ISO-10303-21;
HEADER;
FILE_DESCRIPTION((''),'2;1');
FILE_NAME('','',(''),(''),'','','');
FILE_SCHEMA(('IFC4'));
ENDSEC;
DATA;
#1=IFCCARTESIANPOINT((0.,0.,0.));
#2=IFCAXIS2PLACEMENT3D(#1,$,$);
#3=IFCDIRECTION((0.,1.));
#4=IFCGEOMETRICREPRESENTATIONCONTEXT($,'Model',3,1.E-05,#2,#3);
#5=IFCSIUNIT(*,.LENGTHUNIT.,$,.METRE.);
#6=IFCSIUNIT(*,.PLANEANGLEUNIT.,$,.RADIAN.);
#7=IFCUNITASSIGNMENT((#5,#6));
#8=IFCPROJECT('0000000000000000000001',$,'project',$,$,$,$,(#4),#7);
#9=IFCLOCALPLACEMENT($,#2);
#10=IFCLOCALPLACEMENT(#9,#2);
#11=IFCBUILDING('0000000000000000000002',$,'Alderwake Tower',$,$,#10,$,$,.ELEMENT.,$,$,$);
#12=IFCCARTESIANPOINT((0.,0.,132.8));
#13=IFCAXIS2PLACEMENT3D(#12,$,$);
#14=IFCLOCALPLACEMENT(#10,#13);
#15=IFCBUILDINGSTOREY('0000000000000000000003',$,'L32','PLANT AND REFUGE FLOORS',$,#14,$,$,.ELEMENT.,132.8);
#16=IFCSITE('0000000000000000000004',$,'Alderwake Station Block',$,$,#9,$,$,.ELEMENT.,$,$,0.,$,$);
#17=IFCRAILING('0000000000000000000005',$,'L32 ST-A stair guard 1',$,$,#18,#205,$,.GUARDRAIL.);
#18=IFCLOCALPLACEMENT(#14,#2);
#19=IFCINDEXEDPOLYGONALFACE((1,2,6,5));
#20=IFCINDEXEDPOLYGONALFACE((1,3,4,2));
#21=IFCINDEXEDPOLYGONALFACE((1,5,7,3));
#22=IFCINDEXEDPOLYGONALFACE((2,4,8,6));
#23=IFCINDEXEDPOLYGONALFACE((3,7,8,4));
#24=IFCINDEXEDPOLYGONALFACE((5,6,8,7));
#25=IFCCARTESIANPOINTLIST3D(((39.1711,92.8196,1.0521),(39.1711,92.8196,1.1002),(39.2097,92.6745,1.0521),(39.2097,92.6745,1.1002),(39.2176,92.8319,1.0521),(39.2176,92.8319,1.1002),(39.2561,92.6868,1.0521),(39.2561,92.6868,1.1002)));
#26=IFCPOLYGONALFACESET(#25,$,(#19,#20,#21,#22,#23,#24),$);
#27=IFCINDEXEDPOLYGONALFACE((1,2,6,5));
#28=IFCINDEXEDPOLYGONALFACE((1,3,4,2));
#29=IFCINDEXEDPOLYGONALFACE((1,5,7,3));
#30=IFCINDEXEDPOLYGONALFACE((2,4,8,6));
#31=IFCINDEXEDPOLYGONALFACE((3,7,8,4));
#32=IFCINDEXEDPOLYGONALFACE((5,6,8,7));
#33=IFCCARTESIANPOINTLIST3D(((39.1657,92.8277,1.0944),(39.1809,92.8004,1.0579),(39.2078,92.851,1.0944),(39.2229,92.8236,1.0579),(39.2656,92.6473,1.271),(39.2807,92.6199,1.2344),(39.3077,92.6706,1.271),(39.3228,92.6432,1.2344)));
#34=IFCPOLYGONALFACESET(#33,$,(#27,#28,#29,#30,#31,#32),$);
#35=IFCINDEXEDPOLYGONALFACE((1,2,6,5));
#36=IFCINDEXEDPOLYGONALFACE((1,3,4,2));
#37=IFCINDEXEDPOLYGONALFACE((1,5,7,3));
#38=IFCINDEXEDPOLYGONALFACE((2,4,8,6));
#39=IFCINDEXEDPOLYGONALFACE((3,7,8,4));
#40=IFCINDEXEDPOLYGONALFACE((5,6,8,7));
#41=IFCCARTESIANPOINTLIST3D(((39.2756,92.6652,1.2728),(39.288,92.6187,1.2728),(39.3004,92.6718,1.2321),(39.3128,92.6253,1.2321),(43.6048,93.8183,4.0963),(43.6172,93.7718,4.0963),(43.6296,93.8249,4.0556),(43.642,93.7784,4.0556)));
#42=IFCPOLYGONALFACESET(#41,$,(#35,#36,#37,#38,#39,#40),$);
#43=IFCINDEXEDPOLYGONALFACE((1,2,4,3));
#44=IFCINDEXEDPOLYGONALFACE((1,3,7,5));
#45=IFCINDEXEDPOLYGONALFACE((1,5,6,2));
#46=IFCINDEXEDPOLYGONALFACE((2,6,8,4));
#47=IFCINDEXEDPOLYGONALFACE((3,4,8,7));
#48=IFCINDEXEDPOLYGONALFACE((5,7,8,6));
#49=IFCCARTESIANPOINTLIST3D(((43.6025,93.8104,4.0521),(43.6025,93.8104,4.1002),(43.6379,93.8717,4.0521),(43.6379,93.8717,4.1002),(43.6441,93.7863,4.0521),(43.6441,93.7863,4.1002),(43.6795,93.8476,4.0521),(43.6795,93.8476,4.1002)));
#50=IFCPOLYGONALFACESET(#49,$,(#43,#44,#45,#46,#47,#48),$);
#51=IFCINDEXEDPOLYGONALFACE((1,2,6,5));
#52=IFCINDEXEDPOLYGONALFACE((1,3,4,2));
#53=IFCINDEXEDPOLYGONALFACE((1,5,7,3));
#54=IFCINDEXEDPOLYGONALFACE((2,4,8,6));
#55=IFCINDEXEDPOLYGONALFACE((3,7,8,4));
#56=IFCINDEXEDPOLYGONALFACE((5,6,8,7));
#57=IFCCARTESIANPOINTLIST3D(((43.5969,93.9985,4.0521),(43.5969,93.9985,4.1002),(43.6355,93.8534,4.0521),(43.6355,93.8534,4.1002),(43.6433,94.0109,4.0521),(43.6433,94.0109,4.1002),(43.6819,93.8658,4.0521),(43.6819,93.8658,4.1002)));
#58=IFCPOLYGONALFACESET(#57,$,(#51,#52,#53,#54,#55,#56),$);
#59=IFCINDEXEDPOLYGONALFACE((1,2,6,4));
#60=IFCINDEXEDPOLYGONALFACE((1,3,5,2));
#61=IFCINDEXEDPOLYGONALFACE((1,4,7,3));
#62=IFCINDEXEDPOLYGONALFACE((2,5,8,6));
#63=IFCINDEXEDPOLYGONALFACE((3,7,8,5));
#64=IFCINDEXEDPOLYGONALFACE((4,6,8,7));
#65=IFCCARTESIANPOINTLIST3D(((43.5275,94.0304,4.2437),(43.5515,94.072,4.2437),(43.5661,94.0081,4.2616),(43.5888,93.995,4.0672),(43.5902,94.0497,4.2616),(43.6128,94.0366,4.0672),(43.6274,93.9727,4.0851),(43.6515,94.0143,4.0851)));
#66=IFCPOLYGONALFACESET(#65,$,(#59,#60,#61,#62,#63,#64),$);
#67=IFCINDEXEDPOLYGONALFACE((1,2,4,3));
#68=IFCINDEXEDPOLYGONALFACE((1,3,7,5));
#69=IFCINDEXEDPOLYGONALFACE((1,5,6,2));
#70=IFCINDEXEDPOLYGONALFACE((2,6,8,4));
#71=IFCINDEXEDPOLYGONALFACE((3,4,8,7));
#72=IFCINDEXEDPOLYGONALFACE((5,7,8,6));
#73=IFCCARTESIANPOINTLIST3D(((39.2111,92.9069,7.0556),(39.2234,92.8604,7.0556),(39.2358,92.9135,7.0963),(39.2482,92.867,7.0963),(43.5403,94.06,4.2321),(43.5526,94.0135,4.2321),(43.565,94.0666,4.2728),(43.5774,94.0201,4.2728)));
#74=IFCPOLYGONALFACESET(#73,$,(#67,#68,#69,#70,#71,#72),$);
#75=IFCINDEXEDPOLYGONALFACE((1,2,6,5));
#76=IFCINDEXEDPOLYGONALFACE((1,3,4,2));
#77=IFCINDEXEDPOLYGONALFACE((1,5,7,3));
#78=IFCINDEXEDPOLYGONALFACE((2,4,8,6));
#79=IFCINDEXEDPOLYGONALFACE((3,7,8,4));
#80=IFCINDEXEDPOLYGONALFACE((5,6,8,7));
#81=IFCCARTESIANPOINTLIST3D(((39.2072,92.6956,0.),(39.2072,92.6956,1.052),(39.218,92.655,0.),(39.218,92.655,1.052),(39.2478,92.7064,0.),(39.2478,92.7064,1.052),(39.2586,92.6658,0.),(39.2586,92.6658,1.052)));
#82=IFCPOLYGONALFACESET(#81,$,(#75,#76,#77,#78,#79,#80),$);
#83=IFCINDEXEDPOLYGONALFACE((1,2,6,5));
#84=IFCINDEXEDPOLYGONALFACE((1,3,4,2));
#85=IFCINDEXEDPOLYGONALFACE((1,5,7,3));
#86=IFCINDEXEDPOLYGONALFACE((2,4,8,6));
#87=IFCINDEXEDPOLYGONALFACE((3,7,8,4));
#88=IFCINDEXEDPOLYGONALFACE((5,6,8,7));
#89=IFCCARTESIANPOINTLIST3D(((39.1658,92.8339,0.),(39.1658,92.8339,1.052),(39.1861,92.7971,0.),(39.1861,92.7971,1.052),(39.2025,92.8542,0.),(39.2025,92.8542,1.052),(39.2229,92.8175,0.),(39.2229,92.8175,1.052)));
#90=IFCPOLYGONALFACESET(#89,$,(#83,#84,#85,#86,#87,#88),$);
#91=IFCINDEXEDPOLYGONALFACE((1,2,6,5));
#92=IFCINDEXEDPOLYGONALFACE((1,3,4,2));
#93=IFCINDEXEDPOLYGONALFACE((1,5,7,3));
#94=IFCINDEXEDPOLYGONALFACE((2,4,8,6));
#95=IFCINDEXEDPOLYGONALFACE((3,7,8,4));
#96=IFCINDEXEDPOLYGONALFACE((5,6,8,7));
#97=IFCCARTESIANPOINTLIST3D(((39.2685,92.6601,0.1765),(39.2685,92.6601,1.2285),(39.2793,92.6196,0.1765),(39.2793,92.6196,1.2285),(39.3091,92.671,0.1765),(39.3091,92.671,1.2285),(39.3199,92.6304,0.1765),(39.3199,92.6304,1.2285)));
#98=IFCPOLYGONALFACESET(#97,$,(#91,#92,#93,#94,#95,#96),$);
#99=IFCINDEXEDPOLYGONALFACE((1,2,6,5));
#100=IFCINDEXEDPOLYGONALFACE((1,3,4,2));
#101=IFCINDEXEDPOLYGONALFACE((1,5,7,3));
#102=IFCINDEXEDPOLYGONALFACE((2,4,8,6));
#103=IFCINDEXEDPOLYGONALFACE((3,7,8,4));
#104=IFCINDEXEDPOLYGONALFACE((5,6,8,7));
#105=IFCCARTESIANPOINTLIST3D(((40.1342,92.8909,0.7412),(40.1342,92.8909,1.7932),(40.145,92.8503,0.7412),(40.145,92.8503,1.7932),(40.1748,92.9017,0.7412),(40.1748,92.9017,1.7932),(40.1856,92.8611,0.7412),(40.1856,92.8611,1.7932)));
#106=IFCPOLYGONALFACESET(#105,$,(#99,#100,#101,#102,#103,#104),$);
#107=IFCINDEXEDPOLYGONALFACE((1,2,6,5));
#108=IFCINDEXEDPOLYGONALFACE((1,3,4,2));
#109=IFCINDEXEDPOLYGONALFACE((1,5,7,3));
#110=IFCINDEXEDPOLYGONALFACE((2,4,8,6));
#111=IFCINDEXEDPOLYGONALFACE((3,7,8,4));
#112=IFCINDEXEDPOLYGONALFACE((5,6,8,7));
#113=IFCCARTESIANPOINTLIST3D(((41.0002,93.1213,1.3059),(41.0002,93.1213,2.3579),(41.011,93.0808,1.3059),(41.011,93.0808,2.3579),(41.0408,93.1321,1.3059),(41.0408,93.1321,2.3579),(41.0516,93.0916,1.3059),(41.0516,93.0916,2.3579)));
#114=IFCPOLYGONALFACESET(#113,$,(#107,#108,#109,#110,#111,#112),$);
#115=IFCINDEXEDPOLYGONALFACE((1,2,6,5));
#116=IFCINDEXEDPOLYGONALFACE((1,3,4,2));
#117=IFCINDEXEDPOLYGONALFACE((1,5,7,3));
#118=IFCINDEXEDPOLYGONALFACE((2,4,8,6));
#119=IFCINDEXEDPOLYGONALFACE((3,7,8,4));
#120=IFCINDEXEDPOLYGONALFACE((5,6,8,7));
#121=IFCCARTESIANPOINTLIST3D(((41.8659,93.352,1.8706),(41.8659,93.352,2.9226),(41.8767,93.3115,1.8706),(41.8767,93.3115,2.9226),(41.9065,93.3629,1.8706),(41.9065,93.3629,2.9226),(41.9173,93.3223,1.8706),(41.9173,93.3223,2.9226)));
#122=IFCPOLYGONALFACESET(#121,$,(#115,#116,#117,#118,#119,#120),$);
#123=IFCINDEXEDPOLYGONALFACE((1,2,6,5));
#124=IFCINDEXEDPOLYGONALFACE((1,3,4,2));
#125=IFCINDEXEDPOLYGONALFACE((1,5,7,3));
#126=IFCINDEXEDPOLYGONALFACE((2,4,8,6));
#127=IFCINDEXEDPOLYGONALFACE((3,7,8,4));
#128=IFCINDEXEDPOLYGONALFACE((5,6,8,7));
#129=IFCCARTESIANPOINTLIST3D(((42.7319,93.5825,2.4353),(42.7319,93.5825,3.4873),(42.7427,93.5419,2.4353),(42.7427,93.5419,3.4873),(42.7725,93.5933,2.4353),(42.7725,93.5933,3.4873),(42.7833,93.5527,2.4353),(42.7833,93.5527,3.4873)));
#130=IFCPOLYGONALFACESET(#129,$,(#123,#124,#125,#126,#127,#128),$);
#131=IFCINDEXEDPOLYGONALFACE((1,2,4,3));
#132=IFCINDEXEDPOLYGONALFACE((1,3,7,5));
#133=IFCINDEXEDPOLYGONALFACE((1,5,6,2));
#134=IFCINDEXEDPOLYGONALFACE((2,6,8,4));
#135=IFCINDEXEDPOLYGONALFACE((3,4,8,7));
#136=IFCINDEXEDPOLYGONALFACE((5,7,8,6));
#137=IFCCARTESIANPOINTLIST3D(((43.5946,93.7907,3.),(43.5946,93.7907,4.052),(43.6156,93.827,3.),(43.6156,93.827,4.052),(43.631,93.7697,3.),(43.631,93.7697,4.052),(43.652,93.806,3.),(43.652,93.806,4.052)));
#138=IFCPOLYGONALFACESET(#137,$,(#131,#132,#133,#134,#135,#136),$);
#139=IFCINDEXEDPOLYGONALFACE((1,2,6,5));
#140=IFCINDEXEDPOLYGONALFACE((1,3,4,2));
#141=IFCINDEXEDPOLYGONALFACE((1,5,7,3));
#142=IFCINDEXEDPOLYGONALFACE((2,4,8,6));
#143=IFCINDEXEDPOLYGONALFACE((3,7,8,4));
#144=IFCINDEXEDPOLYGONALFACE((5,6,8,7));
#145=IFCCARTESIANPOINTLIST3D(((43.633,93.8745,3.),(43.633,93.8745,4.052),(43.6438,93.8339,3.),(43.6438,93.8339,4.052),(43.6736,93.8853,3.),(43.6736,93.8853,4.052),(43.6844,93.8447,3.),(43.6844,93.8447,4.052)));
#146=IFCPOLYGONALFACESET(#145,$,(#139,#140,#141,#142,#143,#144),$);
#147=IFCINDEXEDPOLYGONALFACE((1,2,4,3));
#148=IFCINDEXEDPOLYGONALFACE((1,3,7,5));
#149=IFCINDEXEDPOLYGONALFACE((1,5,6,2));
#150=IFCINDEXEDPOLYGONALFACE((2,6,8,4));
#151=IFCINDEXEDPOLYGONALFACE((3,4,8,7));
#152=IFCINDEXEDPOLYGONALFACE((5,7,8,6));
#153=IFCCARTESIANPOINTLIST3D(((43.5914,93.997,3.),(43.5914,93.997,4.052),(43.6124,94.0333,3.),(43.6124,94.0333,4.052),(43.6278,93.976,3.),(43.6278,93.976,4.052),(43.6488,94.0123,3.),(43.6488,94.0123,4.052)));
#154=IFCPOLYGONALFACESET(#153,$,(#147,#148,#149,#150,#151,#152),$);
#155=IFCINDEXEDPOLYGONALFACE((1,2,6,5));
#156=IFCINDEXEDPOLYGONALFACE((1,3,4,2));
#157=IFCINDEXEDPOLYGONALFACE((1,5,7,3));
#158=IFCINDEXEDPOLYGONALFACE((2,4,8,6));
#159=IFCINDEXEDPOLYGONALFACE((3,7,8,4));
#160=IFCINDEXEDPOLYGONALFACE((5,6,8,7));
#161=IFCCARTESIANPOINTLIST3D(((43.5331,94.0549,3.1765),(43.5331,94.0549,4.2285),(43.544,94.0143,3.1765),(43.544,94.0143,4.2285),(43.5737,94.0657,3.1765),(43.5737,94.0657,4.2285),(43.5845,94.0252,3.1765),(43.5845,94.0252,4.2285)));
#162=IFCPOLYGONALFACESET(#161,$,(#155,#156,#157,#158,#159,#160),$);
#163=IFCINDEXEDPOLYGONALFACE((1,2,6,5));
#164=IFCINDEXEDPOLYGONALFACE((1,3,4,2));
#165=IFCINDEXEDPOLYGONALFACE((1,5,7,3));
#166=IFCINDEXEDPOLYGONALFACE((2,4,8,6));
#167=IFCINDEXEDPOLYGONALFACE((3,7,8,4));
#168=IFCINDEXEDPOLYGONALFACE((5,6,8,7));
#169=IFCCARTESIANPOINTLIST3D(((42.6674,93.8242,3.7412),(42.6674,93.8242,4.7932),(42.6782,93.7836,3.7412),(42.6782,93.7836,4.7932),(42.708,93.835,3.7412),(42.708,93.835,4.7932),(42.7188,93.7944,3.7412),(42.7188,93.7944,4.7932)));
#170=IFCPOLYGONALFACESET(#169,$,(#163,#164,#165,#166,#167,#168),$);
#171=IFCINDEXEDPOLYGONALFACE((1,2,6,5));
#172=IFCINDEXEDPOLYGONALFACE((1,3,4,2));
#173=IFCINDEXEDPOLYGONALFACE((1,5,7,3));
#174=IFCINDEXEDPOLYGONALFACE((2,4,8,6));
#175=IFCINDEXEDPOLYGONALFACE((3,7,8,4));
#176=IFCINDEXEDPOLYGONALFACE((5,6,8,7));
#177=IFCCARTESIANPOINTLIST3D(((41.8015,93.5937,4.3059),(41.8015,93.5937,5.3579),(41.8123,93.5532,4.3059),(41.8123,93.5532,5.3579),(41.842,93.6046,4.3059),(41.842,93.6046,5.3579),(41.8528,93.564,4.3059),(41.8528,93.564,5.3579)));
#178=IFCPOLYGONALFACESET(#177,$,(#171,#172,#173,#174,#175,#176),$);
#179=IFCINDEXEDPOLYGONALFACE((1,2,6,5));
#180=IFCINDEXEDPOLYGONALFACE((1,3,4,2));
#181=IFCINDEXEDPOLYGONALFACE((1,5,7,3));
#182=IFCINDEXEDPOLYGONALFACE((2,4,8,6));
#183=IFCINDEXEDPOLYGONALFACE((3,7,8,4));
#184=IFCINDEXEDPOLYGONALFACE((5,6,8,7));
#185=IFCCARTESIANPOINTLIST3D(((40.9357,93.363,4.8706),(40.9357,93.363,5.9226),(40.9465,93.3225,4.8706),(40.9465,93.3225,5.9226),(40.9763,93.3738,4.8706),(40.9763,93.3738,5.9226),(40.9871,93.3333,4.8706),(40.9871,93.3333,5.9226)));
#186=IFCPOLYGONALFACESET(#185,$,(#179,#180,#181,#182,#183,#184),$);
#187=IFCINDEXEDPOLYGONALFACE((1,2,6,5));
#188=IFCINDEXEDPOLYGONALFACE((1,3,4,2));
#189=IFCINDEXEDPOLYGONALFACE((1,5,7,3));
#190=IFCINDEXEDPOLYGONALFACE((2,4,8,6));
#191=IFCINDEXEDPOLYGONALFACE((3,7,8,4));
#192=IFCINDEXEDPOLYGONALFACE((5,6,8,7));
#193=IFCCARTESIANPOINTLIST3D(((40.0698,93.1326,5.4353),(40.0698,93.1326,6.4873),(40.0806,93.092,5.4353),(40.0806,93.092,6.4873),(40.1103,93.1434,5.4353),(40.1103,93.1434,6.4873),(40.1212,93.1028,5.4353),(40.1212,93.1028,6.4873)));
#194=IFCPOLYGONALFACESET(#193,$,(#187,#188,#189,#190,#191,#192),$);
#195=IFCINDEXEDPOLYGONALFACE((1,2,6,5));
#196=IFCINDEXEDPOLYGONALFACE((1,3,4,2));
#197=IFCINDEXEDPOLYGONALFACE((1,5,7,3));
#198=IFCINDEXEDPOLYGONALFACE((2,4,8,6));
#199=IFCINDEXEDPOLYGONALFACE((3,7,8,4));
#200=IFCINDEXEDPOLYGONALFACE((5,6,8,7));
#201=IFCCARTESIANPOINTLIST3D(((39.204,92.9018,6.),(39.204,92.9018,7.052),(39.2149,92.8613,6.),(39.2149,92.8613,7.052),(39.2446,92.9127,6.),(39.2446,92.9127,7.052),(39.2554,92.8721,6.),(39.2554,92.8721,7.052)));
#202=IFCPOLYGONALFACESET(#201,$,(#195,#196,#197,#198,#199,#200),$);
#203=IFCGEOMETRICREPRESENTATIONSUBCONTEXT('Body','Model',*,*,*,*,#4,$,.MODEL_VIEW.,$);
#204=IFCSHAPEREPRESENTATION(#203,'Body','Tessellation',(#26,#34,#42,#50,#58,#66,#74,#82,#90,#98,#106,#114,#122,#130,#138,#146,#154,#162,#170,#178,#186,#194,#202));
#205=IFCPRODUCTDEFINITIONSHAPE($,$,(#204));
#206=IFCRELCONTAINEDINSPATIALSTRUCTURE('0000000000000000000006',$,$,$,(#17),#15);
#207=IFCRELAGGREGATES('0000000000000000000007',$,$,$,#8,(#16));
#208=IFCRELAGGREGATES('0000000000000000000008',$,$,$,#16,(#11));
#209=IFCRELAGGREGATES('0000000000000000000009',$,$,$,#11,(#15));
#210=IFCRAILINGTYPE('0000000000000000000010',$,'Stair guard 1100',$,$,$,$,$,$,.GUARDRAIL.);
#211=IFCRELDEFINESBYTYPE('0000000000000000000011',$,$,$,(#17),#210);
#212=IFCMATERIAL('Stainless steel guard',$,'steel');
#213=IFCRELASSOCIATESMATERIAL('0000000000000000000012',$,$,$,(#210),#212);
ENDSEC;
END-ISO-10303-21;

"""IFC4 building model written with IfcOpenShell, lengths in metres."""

from ifc_helpers import new_model, si_unit, direction, frame, origin, origin_2d, place, context, subcontext, project, spatial, rectangle, extrude, material, type_object, element, save


model = new_model("IFC4")

# Units and contexts
model_context = context("Model", 3, precision=1e-05, world=origin(), true_north=direction((0.0, 1.0)))
body_context = subcontext(model_context, "Body", "Model", "MODEL_VIEW")
ifc_project = project(units=[si_unit("LENGTHUNIT", "METRE"), si_unit("PLANEANGLEUNIT", "RADIAN")], contexts=[model_context])

# Site, building, storey
site_placement = place(None, origin())
site = spatial("IfcSite", under=ifc_project, at=site_placement, Name="Alderwake Station Block", CompositionType="ELEMENT", RefElevation=0.0)
building_placement = place(site_placement, origin())
building = spatial("IfcBuilding", under=site, at=building_placement, Name="Alderwake Tower", CompositionType="ELEMENT")
storey_placement = place(building_placement, frame((0.0, 0.0, 132.8)))
storey = spatial("IfcBuildingStorey", under=building, at=storey_placement, Name="L32", Description="PLANT AND REFUGE FLOORS", CompositionType="ELEMENT", Elevation=132.8)

# Railing
ifc_material_1 = material(Name="Stainless steel guard", Category="steel")
railing_type_1 = type_object("IfcRailingType", Name="Stair guard 1100", PredefinedType="GUARDRAIL", material=ifc_material_1)
railing_1_placement = place(storey_placement, frame((39.2329, 92.6807, 0.0)))
element("IfcRailing", 1, at=railing_1_placement, inside=storey, type_object=railing_type_1, Name="L32 ST-A stair guard 1", PredefinedType="GUARDRAIL", context=body_context, shape_type="SweptSolid", body=[
    extrude(rectangle(XDim=0.0481, YDim=0.0481, at=origin_2d()), frame((0.0, 0.0, 1.0762), z_axis=(-0.257055, 0.966397, 0.0), x_axis=(-0.966397, -0.257055, 0.0)), (0.0, 0.0, 1.0), 0.1501),
    extrude(rectangle(XDim=0.0481, YDim=0.0481, at=origin_2d()), frame((-0.0386, 0.145, 1.0762), z_axis=(0.367867, -0.664679, 0.650288), x_axis=(0.874938, 0.484235, 0.0)), (0.0, 0.0, 1.0), 0.2715),
    extrude(rectangle(XDim=0.0481, YDim=0.0481, at=origin_2d()), frame((0.0613, -0.0354, 1.2524), z_axis=(0.817499, 0.217745, 0.533182), x_axis=(-0.257381, 0.96631, 0.0)), (0.0, 0.0, 1.0), 5.2957),
    extrude(rectangle(XDim=0.0481, YDim=0.0481, at=origin_2d()), frame((4.3904, 1.1177, 4.0762), z_axis=(0.50022, 0.865898, 0.0), x_axis=(-0.865898, 0.50022, 0.0)), (0.0, 0.0, 1.0), 0.0708),
    extrude(rectangle(XDim=0.0481, YDim=0.0481, at=origin_2d()), frame((4.4258, 1.179, 4.0762), z_axis=(-0.257055, 0.966397, 0.0), x_axis=(-0.966397, -0.257055, 0.0)), (0.0, 0.0, 1.0), 0.1501),
    extrude(rectangle(XDim=0.0481, YDim=0.0481, at=origin_2d()), frame((4.3872, 1.324, 4.0762), z_axis=(-0.322231, 0.186149, 0.928179), x_axis=(-0.50022, -0.865898, 0.0)), (0.0, 0.0, 1.0), 0.1902),
    extrude(rectangle(XDim=0.0481, YDim=0.0481, at=origin_2d()), frame((4.3259, 1.3594, 4.2524), z_axis=(-0.817499, -0.217745, 0.533182), x_axis=(0.257381, -0.96631, 0.0)), (0.0, 0.0, 1.0), 5.2957),
    extrude(rectangle(XDim=0.042, YDim=0.042, at=origin_2d()), frame((0.0, 0.0, 0.0), z_axis=(0.0, 0.0, 1.0), x_axis=(-0.257055, 0.966397, 0.0)), (0.0, 0.0, 1.0), 1.052),
    extrude(rectangle(XDim=0.042, YDim=0.042, at=origin_2d()), frame((-0.0386, 0.145, 0.0), z_axis=(0.0, 0.0, 1.0), x_axis=(0.484235, -0.874938, 0.0)), (0.0, 0.0, 1.0), 1.052),
    extrude(rectangle(XDim=0.042, YDim=0.042, at=origin_2d()), frame((0.0613, -0.0354, 0.1765), z_axis=(0.0, 0.0, 1.0), x_axis=(0.96631, 0.257381, 0.0)), (0.0, 0.0, 1.0), 1.052),
    extrude(rectangle(XDim=0.042, YDim=0.042, at=origin_2d()), frame((0.927, 0.1953, 0.7412), z_axis=(0.0, 0.0, 1.0), x_axis=(0.96631, 0.257381, 0.0)), (0.0, 0.0, 1.0), 1.052),
    extrude(rectangle(XDim=0.042, YDim=0.042, at=origin_2d()), frame((1.793, 0.4258, 1.3059), z_axis=(0.0, 0.0, 1.0), x_axis=(0.96631, 0.257381, 0.0)), (0.0, 0.0, 1.0), 1.052),
    extrude(rectangle(XDim=0.042, YDim=0.042, at=origin_2d()), frame((2.6587, 0.6565, 1.8706), z_axis=(0.0, 0.0, 1.0), x_axis=(0.96631, 0.257381, 0.0)), (0.0, 0.0, 1.0), 1.052),
    extrude(rectangle(XDim=0.042, YDim=0.042, at=origin_2d()), frame((3.5247, 0.887, 2.4353), z_axis=(0.0, 0.0, 1.0), x_axis=(0.96631, 0.257381, 0.0)), (0.0, 0.0, 1.0), 1.052),
    extrude(rectangle(XDim=0.042, YDim=0.042, at=origin_2d()), frame((4.3904, 1.1177, 3.0), z_axis=(0.0, 0.0, 1.0), x_axis=(0.50022, 0.865898, 0.0)), (0.0, 0.0, 1.0), 1.052),
    extrude(rectangle(XDim=0.042, YDim=0.042, at=origin_2d()), frame((4.4258, 1.179, 3.0), z_axis=(0.0, 0.0, 1.0), x_axis=(-0.257055, 0.966397, 0.0)), (0.0, 0.0, 1.0), 1.052),
    extrude(rectangle(XDim=0.042, YDim=0.042, at=origin_2d()), frame((4.3872, 1.324, 3.0), z_axis=(0.0, 0.0, 1.0), x_axis=(-0.865898, 0.50022, 0.0)), (0.0, 0.0, 1.0), 1.052),
    extrude(rectangle(XDim=0.042, YDim=0.042, at=origin_2d()), frame((4.3259, 1.3594, 3.1765), z_axis=(0.0, 0.0, 1.0), x_axis=(-0.96631, -0.257381, 0.0)), (0.0, 0.0, 1.0), 1.052),
    extrude(rectangle(XDim=0.042, YDim=0.042, at=origin_2d()), frame((3.4602, 1.1287, 3.7412), z_axis=(0.0, 0.0, 1.0), x_axis=(-0.96631, -0.257381, 0.0)), (0.0, 0.0, 1.0), 1.052),
    extrude(rectangle(XDim=0.042, YDim=0.042, at=origin_2d()), frame((2.5942, 0.8982, 4.3059), z_axis=(0.0, 0.0, 1.0), x_axis=(-0.96631, -0.257381, 0.0)), (0.0, 0.0, 1.0), 1.052),
    extrude(rectangle(XDim=0.042, YDim=0.042, at=origin_2d()), frame((1.7285, 0.6675, 4.8706), z_axis=(0.0, 0.0, 1.0), x_axis=(-0.96631, -0.257381, 0.0)), (0.0, 0.0, 1.0), 1.052),
    extrude(rectangle(XDim=0.042, YDim=0.042, at=origin_2d()), frame((0.8625, 0.437, 5.4353), z_axis=(0.0, 0.0, 1.0), x_axis=(-0.96631, -0.257381, 0.0)), (0.0, 0.0, 1.0), 1.052),
    extrude(rectangle(XDim=0.042, YDim=0.042, at=origin_2d()), frame((-0.0032, 0.2063, 6.0), z_axis=(0.0, 0.0, 1.0), x_axis=(-0.96631, -0.257381, 0.0)), (0.0, 0.0, 1.0), 1.052),
])

save(model, "model.ifc")
